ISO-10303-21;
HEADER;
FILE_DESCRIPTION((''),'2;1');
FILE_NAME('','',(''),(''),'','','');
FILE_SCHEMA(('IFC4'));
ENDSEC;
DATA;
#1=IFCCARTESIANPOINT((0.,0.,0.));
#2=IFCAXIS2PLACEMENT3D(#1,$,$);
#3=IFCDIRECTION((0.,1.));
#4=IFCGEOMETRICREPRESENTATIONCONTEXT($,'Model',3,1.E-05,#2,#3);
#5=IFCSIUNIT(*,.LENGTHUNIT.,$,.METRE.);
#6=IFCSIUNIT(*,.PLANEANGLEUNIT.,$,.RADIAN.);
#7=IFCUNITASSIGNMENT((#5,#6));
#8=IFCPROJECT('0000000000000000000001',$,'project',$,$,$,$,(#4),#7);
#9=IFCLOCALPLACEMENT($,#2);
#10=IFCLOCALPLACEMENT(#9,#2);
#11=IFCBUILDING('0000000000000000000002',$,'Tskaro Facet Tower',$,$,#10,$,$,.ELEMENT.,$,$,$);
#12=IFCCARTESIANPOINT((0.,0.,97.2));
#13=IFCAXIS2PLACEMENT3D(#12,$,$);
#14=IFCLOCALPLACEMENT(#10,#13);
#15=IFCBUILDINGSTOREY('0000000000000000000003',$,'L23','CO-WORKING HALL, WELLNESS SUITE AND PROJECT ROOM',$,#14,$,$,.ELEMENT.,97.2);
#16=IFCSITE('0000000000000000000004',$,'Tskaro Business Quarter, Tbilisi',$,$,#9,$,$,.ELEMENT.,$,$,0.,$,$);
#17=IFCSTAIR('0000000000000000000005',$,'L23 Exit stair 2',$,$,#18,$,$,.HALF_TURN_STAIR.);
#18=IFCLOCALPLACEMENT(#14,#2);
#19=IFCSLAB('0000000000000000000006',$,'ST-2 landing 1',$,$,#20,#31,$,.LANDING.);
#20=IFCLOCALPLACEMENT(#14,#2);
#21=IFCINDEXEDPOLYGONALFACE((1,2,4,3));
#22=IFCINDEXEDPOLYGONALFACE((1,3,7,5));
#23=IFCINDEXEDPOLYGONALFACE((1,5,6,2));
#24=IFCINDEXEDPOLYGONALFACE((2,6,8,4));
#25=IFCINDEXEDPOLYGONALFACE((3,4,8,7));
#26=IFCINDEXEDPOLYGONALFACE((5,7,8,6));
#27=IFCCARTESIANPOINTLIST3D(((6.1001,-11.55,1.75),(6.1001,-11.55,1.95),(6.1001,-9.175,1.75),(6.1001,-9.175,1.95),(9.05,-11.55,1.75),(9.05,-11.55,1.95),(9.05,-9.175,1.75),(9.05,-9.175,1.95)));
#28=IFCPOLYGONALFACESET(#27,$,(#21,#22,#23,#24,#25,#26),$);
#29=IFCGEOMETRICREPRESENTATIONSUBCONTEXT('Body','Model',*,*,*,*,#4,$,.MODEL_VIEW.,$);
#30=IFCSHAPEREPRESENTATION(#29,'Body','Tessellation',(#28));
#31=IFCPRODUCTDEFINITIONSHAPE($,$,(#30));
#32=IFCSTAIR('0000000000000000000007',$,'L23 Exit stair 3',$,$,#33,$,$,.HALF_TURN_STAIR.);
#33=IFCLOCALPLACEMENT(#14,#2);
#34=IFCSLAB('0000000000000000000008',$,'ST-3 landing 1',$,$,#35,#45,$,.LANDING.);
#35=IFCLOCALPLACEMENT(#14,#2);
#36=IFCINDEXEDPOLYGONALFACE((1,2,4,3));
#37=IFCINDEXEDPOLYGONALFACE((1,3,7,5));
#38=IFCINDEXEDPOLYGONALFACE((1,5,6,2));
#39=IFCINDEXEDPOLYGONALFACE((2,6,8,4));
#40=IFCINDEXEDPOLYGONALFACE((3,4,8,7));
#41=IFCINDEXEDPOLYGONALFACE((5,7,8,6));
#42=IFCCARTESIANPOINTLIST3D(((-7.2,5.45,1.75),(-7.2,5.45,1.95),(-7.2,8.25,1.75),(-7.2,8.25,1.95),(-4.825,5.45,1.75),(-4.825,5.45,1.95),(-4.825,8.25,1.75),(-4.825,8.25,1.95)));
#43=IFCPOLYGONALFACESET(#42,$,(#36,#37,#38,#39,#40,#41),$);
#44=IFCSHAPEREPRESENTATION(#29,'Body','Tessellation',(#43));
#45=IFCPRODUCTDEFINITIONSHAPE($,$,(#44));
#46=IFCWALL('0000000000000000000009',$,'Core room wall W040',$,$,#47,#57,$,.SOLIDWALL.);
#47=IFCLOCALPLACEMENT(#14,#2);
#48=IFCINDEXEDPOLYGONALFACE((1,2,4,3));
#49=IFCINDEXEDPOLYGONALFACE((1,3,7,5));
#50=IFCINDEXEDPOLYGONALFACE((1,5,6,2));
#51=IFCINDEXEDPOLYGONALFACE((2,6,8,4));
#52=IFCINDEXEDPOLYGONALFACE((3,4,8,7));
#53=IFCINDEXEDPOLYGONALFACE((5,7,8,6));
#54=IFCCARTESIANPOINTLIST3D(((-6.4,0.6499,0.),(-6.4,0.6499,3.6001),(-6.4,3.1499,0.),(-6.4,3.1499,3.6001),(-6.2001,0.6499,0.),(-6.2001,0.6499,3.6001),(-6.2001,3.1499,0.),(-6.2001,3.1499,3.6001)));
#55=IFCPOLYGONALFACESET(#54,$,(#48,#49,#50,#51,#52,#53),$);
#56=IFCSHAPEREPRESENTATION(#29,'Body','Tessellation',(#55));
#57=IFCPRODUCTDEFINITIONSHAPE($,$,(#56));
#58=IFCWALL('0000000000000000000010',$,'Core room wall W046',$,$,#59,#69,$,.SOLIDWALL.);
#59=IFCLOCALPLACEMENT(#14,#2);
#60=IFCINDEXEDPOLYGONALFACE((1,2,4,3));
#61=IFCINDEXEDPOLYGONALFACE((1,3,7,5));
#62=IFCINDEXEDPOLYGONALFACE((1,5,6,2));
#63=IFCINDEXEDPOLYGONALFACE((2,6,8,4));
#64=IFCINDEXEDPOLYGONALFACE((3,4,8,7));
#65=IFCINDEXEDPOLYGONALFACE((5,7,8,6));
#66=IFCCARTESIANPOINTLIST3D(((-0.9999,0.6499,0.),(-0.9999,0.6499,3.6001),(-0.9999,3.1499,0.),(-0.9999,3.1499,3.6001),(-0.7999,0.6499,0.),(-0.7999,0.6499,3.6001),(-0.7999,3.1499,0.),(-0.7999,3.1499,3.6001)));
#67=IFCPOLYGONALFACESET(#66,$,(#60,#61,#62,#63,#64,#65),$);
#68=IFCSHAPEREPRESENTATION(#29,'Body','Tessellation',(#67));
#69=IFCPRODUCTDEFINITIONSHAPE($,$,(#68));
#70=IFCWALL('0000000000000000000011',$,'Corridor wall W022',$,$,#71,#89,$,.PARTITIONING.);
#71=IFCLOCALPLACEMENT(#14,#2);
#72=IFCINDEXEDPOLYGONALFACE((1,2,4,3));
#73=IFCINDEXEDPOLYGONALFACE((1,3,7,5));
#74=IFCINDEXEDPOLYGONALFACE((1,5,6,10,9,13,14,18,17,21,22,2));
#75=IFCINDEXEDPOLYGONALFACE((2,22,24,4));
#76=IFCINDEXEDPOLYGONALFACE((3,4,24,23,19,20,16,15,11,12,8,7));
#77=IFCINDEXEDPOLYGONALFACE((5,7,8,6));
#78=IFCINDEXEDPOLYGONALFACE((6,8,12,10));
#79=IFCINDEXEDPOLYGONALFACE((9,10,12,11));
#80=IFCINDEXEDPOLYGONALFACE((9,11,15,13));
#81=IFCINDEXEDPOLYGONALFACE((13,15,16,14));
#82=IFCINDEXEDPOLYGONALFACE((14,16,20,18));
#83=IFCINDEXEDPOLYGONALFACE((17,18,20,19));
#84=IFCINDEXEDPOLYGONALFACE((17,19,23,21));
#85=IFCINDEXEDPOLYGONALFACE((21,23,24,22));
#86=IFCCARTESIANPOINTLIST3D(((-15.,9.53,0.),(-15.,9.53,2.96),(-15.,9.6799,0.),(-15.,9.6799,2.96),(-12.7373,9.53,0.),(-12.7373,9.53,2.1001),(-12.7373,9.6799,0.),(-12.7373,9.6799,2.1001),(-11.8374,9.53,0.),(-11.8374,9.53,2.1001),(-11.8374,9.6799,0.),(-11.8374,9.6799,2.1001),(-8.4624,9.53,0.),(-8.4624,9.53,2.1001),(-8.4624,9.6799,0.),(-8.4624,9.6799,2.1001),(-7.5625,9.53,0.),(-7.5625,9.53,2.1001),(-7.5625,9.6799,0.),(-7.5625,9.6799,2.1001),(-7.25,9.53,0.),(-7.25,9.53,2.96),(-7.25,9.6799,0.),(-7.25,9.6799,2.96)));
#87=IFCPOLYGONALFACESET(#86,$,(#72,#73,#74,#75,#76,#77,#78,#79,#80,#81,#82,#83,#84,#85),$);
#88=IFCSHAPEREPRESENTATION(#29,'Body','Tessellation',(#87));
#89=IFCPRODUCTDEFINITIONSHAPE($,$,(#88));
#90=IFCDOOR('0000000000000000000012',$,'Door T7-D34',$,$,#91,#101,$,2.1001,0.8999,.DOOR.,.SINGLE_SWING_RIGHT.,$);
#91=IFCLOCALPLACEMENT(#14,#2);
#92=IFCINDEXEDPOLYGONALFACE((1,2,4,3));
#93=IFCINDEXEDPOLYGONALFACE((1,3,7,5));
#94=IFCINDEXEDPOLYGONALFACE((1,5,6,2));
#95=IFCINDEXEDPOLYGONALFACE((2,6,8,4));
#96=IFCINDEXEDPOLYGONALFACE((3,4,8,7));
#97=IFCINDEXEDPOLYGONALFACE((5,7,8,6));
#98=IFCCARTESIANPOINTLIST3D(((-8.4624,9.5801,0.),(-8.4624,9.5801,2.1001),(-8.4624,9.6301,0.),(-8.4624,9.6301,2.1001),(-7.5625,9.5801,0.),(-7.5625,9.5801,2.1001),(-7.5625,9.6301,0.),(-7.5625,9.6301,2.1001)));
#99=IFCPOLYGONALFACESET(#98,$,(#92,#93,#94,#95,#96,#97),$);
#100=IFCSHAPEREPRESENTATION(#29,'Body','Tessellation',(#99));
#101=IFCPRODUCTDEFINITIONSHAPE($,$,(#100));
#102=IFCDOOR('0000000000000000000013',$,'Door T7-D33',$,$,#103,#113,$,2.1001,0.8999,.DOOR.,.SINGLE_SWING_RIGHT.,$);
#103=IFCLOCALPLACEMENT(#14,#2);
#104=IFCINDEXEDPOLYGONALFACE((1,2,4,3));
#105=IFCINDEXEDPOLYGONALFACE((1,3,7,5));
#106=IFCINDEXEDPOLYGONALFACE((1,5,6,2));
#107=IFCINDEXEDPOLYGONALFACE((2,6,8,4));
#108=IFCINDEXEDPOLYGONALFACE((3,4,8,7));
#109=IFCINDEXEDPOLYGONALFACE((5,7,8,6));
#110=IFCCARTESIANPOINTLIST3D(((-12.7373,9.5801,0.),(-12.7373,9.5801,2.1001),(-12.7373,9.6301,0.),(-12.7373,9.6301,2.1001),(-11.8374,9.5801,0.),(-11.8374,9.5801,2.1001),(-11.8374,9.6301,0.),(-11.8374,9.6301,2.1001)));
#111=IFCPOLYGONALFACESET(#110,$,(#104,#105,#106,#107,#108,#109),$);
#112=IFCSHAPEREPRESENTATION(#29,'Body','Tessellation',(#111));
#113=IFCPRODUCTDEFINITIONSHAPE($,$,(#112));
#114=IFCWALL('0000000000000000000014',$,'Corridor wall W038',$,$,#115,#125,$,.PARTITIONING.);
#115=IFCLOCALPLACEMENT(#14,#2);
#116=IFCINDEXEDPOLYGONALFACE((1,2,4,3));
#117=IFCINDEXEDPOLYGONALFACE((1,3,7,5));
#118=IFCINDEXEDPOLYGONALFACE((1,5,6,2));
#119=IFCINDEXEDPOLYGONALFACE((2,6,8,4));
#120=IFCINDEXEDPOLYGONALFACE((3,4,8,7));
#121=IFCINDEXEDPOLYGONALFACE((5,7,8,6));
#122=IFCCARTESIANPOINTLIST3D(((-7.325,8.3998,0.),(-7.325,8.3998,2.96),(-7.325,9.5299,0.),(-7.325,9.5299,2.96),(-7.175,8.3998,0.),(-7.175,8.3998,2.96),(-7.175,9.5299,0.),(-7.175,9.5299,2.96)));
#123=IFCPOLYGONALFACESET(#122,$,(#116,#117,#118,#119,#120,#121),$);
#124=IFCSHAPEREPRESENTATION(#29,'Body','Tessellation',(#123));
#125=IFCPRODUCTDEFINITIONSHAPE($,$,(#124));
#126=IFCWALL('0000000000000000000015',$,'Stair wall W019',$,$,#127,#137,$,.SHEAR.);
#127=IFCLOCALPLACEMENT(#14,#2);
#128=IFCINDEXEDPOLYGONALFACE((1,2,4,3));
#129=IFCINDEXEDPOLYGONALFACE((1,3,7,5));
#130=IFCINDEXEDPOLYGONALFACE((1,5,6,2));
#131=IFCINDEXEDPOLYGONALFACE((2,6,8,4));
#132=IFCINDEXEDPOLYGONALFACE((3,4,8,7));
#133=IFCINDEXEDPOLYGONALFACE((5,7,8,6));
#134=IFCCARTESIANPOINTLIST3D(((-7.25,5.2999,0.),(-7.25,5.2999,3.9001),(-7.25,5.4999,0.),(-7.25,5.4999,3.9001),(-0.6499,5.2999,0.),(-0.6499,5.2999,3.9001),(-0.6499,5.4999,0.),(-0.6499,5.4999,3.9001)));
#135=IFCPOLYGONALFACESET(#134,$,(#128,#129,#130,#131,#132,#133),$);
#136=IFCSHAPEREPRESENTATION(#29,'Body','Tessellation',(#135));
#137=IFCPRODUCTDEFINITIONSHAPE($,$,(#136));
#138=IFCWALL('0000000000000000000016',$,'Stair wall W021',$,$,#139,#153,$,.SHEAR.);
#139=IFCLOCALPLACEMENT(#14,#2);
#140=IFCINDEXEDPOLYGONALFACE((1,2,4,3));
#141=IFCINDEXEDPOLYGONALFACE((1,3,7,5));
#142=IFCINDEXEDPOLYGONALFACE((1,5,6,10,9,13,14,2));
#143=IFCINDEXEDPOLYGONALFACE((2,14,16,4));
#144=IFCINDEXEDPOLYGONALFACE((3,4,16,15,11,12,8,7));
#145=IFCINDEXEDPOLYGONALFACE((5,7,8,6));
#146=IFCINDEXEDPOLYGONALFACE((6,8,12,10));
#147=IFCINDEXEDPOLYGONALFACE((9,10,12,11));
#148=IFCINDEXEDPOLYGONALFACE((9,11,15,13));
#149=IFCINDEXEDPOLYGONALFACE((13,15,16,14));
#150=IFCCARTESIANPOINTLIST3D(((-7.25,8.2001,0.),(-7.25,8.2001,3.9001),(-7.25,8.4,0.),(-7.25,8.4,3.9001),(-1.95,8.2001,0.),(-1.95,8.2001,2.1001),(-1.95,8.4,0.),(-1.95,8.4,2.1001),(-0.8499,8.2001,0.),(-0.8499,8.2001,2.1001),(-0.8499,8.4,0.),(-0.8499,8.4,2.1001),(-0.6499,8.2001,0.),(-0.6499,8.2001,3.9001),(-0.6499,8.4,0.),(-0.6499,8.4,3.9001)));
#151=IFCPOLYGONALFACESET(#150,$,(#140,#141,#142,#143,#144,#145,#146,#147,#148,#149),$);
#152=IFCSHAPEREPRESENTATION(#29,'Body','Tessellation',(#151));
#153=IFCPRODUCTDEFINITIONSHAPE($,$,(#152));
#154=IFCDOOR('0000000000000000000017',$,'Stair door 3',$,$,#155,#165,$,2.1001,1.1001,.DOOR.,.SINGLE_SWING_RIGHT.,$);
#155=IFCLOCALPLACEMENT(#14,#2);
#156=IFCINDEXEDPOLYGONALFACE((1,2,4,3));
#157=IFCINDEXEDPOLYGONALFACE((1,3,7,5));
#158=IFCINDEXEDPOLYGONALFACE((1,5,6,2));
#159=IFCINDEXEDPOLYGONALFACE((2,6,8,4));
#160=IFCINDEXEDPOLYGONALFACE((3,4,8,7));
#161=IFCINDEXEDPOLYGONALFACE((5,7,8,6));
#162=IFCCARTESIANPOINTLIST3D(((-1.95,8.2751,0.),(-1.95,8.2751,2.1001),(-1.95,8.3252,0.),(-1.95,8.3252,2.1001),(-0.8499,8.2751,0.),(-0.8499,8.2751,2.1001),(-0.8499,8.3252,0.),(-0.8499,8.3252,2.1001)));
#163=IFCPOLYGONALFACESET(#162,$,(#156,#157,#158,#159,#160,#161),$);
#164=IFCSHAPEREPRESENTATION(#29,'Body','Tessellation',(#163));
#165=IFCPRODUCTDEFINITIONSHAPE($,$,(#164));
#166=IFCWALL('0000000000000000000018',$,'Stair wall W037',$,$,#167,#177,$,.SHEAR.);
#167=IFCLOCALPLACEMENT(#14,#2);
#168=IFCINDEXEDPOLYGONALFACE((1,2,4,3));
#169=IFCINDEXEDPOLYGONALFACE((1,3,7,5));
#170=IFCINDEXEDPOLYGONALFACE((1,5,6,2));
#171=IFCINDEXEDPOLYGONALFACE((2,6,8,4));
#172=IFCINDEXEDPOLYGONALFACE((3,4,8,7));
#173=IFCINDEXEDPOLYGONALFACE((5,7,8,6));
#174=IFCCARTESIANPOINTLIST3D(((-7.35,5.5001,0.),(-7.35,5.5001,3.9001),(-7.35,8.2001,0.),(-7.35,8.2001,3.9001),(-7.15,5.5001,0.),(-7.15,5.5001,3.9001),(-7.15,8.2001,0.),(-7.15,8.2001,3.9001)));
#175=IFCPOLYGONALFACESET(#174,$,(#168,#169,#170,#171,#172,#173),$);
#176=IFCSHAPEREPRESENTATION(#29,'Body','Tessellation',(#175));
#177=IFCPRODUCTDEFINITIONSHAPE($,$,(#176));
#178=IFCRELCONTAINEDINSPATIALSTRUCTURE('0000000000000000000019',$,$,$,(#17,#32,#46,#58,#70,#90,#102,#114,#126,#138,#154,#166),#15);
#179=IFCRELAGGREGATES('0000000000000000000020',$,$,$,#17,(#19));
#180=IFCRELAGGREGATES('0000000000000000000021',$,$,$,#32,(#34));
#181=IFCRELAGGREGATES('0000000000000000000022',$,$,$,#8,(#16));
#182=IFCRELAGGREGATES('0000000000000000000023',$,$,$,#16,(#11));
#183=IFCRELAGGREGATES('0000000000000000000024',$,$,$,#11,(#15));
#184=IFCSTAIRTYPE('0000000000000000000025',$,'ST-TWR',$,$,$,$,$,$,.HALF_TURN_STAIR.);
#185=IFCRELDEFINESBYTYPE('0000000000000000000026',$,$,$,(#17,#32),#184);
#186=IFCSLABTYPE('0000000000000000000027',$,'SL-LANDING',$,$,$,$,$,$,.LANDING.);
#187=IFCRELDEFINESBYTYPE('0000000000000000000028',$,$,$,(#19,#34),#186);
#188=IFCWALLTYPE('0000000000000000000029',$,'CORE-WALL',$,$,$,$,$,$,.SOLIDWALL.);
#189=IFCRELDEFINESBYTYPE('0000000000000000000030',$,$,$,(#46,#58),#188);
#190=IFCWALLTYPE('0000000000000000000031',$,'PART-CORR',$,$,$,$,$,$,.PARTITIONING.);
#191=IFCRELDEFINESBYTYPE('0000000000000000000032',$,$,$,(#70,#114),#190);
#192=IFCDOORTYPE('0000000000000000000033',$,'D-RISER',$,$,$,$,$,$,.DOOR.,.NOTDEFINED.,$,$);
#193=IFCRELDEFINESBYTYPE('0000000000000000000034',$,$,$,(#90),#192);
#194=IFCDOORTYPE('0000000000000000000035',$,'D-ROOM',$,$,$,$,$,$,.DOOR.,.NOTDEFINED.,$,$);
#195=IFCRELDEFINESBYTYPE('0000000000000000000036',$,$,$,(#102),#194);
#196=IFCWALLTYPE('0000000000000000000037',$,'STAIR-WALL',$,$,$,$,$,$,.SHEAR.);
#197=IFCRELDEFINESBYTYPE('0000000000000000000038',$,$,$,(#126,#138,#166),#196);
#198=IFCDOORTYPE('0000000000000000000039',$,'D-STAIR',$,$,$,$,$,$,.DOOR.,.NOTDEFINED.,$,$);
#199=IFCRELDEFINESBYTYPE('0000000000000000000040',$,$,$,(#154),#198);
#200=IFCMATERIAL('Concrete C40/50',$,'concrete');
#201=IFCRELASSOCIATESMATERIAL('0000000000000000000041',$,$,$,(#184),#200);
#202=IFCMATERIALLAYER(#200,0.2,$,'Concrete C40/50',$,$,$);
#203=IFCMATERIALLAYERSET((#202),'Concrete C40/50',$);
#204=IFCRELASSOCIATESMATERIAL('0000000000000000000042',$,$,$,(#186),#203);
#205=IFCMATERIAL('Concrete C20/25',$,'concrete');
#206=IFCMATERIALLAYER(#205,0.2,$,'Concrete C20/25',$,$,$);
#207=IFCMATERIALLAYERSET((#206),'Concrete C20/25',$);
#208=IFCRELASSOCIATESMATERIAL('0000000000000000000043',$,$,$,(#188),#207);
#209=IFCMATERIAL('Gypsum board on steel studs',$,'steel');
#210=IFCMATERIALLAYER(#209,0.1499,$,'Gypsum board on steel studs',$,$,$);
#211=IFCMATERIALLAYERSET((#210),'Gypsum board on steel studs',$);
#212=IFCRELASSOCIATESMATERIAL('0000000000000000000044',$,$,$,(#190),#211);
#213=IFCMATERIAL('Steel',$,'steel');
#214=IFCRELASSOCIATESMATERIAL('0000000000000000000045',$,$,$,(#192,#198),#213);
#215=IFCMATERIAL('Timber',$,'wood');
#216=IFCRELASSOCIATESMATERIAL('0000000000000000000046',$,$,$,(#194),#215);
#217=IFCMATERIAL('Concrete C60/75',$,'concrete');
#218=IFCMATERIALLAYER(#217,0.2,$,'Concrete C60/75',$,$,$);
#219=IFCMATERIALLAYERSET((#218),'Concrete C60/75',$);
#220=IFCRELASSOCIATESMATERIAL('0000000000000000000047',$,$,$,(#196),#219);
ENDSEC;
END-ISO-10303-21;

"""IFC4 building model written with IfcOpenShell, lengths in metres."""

from ifc_helpers import new_model, si_unit, direction, frame, frame_2d, origin, place, context, subcontext, project, spatial, polyline, rectangle, outline, extrude, material, layer, layer_set, type_object, element, fill, aggregate, save


model = new_model("IFC4")

# Units and contexts
model_context = context("Model", 3, precision=1e-05, world=origin(), true_north=direction((0.0, 1.0)))
body_context = subcontext(model_context, "Body", "Model", "MODEL_VIEW")
ifc_project = project(units=[si_unit("LENGTHUNIT", "METRE"), si_unit("PLANEANGLEUNIT", "RADIAN")], contexts=[model_context])

# Site, building, storey
site_placement = place(None, origin())
site = spatial("IfcSite", under=ifc_project, at=site_placement, Name="Tskaro Business Quarter, Tbilisi", CompositionType="ELEMENT", RefElevation=0.0)
building_placement = place(site_placement, origin())
building = spatial("IfcBuilding", under=site, at=building_placement, Name="Tskaro Facet Tower", CompositionType="ELEMENT")
storey_placement = place(building_placement, frame((0.0, 0.0, 97.2)))
storey = spatial("IfcBuildingStorey", under=building, at=storey_placement, Name="L23", Description="CO-WORKING HALL, WELLNESS SUITE AND PROJECT ROOM", CompositionType="ELEMENT", Elevation=97.2)

# Stairs, slabs
ifc_material_1 = material(Name="Concrete C40/50", Category="concrete")
stair_type = type_object("IfcStairType", Name="ST-TWR", PredefinedType="HALF_TURN_STAIR", material=ifc_material_1)
ifc_layer_1 = layer(ifc_material_1, 0.2, Name="Concrete C40/50")
ifc_layer_set_1 = layer_set([ifc_layer_1], Name="Concrete C40/50")
slab_type = type_object("IfcSlabType", Name="SL-LANDING", PredefinedType="LANDING", material=ifc_layer_set_1)
stair_1_placement = place(storey_placement, origin())
stair_1 = element("IfcStair", 1, at=stair_1_placement, inside=storey, type_object=stair_type, Name="L23 Exit stair 2", PredefinedType="HALF_TURN_STAIR")
slab_1_placement = place(storey_placement, frame((0.0, 0.0, 1.75)))
slab_1 = element("IfcSlab", 2, at=slab_1_placement, type_object=slab_type, Name="ST-2 landing 1", PredefinedType="LANDING", context=body_context, shape_type="SweptSolid", body=[
    extrude(outline(polyline([(6.1001, -11.55), (9.05, -11.55), (9.05, -9.175), (6.1001, -9.175), (6.1001, -11.55)])), origin(), (0.0, 0.0, 1.0), 0.2),
])
aggregate(stair_1, [slab_1])
stair_2_placement = place(storey_placement, origin())
stair_2 = element("IfcStair", 3, at=stair_2_placement, inside=storey, type_object=stair_type, Name="L23 Exit stair 3", PredefinedType="HALF_TURN_STAIR")
slab_2_placement = place(storey_placement, frame((0.0, 0.0, 1.75)))
slab_2 = element("IfcSlab", 4, at=slab_2_placement, type_object=slab_type, Name="ST-3 landing 1", PredefinedType="LANDING", context=body_context, shape_type="SweptSolid", body=[
    extrude(outline(polyline([(-7.2, 5.45), (-4.825, 5.45), (-4.825, 8.25), (-7.2, 8.25), (-7.2, 5.45)])), origin(), (0.0, 0.0, 1.0), 0.2),
])

# Walls
ifc_material_2 = material(Name="Concrete C20/25", Category="concrete")
ifc_layer_2 = layer(ifc_material_2, 0.2, Name="Concrete C20/25")
ifc_layer_set_2 = layer_set([ifc_layer_2], Name="Concrete C20/25")
wall_type_1 = type_object("IfcWallType", Name="CORE-WALL", PredefinedType="SOLIDWALL", material=ifc_layer_set_2)
for number, where, z_axis, x_axis, name in (
    (5, (-6.3, 0.6499, 0.0), (0.0, 0.0, 1.0), (0.0, 1.0, 0.0), "Core room wall W040"),
    (6, (-0.8999, 0.6499, 0.0), (0.0, 0.0, 1.0), (0.0, 1.0, 0.0), "Core room wall W046"),
):
    element("IfcWall", number, at=place(storey_placement, frame(where, z_axis=z_axis, x_axis=x_axis)), inside=storey, type_object=wall_type_1, Name=name, PredefinedType="SOLIDWALL", context=body_context, shape_type="SweptSolid", body=[
        extrude(rectangle(XDim=2.5, YDim=0.2, at=frame_2d((1.25, 0.0))), origin(), (0.0, 0.0, 1.0), 3.6001),
    ])

# Wall, openings, doors
ifc_material_3 = material(Name="Gypsum board on steel studs", Category="steel")
ifc_layer_3 = layer(ifc_material_3, 0.1499, Name="Gypsum board on steel studs")
ifc_layer_set_3 = layer_set([ifc_layer_3], Name="Gypsum board on steel studs")
wall_type_2 = type_object("IfcWallType", Name="PART-CORR", PredefinedType="PARTITIONING", material=ifc_layer_set_3)
wall_1_placement = place(storey_placement, frame((-7.25, 9.605, 0.0), z_axis=(0.0, 0.0, 1.0), x_axis=(-1.0, 0.0, 0.0)))
wall_1 = element("IfcWall", 7, at=wall_1_placement, inside=storey, type_object=wall_type_2, Name="Corridor wall W022", PredefinedType="PARTITIONING", context=body_context, shape_type="SweptSolid", body=[
    extrude(rectangle(XDim=7.75, YDim=0.1499, at=frame_2d((3.875, 0.0))), origin(), (0.0, 0.0, 1.0), 2.96),
])
opening_1_placement = place(wall_1_placement, frame((0.3125, 0.0, 0.0)))
opening_1 = element("IfcOpeningElement", 8, at=opening_1_placement, cuts=wall_1, PredefinedType="OPENING", context=body_context, shape_type="SweptSolid", body=[
    extrude(rectangle(XDim=0.8999, YDim=2.1001, at=frame_2d((0.45, 1.05))), frame((0.0, 0.085, 0.0), z_axis=(0.0, -1.0, 0.0), x_axis=(1.0, 0.0, 0.0)), (0.0, 0.0, 1.0), 0.1699),
])
opening_2_placement = place(wall_1_placement, frame((4.5874, 0.0, 0.0)))
opening_2 = element("IfcOpeningElement", 9, at=opening_2_placement, cuts=wall_1, PredefinedType="OPENING", context=body_context, shape_type="SweptSolid", body=[
    extrude(rectangle(XDim=0.8999, YDim=2.1001, at=frame_2d((0.45, 1.05))), frame((0.0, 0.085, 0.0), z_axis=(0.0, -1.0, 0.0), x_axis=(1.0, 0.0, 0.0)), (0.0, 0.0, 1.0), 0.1699),
])
ifc_material_4 = material(Name="Steel", Category="steel")
door_type_1 = type_object("IfcDoorType", Name="D-RISER", OperationType="NOTDEFINED", PredefinedType="DOOR", material=ifc_material_4)
door_1_placement = place(opening_1_placement, origin())
door_1 = element("IfcDoor", 10, at=door_1_placement, inside=storey, type_object=door_type_1, Name="Door T7-D34", OperationType="SINGLE_SWING_RIGHT", OverallHeight=2.1001, OverallWidth=0.8999, PredefinedType="DOOR", context=body_context, shape_type="SweptSolid", body=[
    extrude(rectangle(XDim=0.8999, YDim=2.1001, at=frame_2d((0.45, 1.05))), frame((0.0, 0.0249, 0.0), z_axis=(0.0, -1.0, 0.0), x_axis=(1.0, 0.0, 0.0)), (0.0, 0.0, 1.0), 0.05),
])
fill(opening_1, door_1)
ifc_material_5 = material(Name="Timber", Category="wood")
door_type_2 = type_object("IfcDoorType", Name="D-ROOM", OperationType="NOTDEFINED", PredefinedType="DOOR", material=ifc_material_5)
door_2_placement = place(opening_2_placement, origin())
door_2 = element("IfcDoor", 11, at=door_2_placement, inside=storey, type_object=door_type_2, Name="Door T7-D33", OperationType="SINGLE_SWING_RIGHT", OverallHeight=2.1001, OverallWidth=0.8999, PredefinedType="DOOR", context=body_context, shape_type="SweptSolid", body=[
    extrude(rectangle(XDim=0.8999, YDim=2.1001, at=frame_2d((0.45, 1.05))), frame((0.0, 0.0249, 0.0), z_axis=(0.0, -1.0, 0.0), x_axis=(1.0, 0.0, 0.0)), (0.0, 0.0, 1.0), 0.05),
])
fill(opening_2, door_2)

# Walls
wall_2_placement = place(storey_placement, frame((-7.25, 8.3999, 0.0), z_axis=(0.0, 0.0, 1.0), x_axis=(0.0, 1.0, 0.0)))
element("IfcWall", 12, at=wall_2_placement, inside=storey, type_object=wall_type_2, Name="Corridor wall W038", PredefinedType="PARTITIONING", context=body_context, shape_type="SweptSolid", body=[
    extrude(rectangle(XDim=1.1301, YDim=0.1499, at=frame_2d((0.5649, 0.0))), origin(), (0.0, 0.0, 1.0), 2.96),
])
ifc_material_6 = material(Name="Concrete C60/75", Category="concrete")
ifc_layer_4 = layer(ifc_material_6, 0.2, Name="Concrete C60/75")
ifc_layer_set_4 = layer_set([ifc_layer_4], Name="Concrete C60/75")
wall_type_3 = type_object("IfcWallType", Name="STAIR-WALL", PredefinedType="SHEAR", material=ifc_layer_set_4)
wall_3_placement = place(storey_placement, frame((-7.25, 5.3999, 0.0), z_axis=(0.0, 0.0, 1.0), x_axis=(1.0, 0.0, 0.0)))
element("IfcWall", 13, at=wall_3_placement, inside=storey, type_object=wall_type_3, Name="Stair wall W019", PredefinedType="SHEAR", context=body_context, shape_type="SweptSolid", body=[
    extrude(rectangle(XDim=6.6001, YDim=0.2, at=frame_2d((3.3, 0.0))), origin(), (0.0, 0.0, 1.0), 3.9001),
])

# Wall, opening, door
wall_4_placement = place(storey_placement, frame((-0.6499, 8.3, 0.0), z_axis=(0.0, 0.0, 1.0), x_axis=(-1.0, 0.0, 0.0)))
wall_4 = element("IfcWall", 14, at=wall_4_placement, inside=storey, type_object=wall_type_3, Name="Stair wall W021", PredefinedType="SHEAR", context=body_context, shape_type="SweptSolid", body=[
    extrude(rectangle(XDim=6.6001, YDim=0.2, at=frame_2d((3.3, 0.0))), origin(), (0.0, 0.0, 1.0), 3.9001),
])
opening_3_placement = place(wall_4_placement, frame((0.2, 0.0, 0.0)))
opening_3 = element("IfcOpeningElement", 15, at=opening_3_placement, cuts=wall_4, PredefinedType="OPENING", context=body_context, shape_type="SweptSolid", body=[
    extrude(rectangle(XDim=1.1001, YDim=2.1001, at=frame_2d((0.55, 1.05))), frame((0.0, 0.1099, 0.0), z_axis=(0.0, -1.0, 0.0), x_axis=(1.0, 0.0, 0.0)), (0.0, 0.0, 1.0), 0.22),
])
door_type_3 = type_object("IfcDoorType", Name="D-STAIR", OperationType="NOTDEFINED", PredefinedType="DOOR", material=ifc_material_4)
door_3_placement = place(opening_3_placement, origin())
door_3 = element("IfcDoor", 16, at=door_3_placement, inside=storey, type_object=door_type_3, Name="Stair door 3", OperationType="SINGLE_SWING_RIGHT", OverallHeight=2.1001, OverallWidth=1.1001, PredefinedType="DOOR", context=body_context, shape_type="SweptSolid", body=[
    extrude(rectangle(XDim=1.1001, YDim=2.1001, at=frame_2d((0.55, 1.05))), frame((0.0, 0.0249, 0.0), z_axis=(0.0, -1.0, 0.0), x_axis=(1.0, 0.0, 0.0)), (0.0, 0.0, 1.0), 0.05),
])
fill(opening_3, door_3)

# Wall
for number, where, z_axis, x_axis, name in (
    (17, (-7.25, 5.5, 0.0), (0.0, 0.0, 1.0), (0.0, 1.0, 0.0), "Stair wall W037"),
):
    element("IfcWall", number, at=place(storey_placement, frame(where, z_axis=z_axis, x_axis=x_axis)), inside=storey, type_object=wall_type_3, Name=name, PredefinedType="SHEAR", context=body_context, shape_type="SweptSolid", body=[
        extrude(rectangle(XDim=2.7, YDim=0.2, at=frame_2d((1.3501, 0.0))), origin(), (0.0, 0.0, 1.0), 3.9001),
    ])

aggregate(stair_2, [slab_2])

save(model, "model.ifc")
